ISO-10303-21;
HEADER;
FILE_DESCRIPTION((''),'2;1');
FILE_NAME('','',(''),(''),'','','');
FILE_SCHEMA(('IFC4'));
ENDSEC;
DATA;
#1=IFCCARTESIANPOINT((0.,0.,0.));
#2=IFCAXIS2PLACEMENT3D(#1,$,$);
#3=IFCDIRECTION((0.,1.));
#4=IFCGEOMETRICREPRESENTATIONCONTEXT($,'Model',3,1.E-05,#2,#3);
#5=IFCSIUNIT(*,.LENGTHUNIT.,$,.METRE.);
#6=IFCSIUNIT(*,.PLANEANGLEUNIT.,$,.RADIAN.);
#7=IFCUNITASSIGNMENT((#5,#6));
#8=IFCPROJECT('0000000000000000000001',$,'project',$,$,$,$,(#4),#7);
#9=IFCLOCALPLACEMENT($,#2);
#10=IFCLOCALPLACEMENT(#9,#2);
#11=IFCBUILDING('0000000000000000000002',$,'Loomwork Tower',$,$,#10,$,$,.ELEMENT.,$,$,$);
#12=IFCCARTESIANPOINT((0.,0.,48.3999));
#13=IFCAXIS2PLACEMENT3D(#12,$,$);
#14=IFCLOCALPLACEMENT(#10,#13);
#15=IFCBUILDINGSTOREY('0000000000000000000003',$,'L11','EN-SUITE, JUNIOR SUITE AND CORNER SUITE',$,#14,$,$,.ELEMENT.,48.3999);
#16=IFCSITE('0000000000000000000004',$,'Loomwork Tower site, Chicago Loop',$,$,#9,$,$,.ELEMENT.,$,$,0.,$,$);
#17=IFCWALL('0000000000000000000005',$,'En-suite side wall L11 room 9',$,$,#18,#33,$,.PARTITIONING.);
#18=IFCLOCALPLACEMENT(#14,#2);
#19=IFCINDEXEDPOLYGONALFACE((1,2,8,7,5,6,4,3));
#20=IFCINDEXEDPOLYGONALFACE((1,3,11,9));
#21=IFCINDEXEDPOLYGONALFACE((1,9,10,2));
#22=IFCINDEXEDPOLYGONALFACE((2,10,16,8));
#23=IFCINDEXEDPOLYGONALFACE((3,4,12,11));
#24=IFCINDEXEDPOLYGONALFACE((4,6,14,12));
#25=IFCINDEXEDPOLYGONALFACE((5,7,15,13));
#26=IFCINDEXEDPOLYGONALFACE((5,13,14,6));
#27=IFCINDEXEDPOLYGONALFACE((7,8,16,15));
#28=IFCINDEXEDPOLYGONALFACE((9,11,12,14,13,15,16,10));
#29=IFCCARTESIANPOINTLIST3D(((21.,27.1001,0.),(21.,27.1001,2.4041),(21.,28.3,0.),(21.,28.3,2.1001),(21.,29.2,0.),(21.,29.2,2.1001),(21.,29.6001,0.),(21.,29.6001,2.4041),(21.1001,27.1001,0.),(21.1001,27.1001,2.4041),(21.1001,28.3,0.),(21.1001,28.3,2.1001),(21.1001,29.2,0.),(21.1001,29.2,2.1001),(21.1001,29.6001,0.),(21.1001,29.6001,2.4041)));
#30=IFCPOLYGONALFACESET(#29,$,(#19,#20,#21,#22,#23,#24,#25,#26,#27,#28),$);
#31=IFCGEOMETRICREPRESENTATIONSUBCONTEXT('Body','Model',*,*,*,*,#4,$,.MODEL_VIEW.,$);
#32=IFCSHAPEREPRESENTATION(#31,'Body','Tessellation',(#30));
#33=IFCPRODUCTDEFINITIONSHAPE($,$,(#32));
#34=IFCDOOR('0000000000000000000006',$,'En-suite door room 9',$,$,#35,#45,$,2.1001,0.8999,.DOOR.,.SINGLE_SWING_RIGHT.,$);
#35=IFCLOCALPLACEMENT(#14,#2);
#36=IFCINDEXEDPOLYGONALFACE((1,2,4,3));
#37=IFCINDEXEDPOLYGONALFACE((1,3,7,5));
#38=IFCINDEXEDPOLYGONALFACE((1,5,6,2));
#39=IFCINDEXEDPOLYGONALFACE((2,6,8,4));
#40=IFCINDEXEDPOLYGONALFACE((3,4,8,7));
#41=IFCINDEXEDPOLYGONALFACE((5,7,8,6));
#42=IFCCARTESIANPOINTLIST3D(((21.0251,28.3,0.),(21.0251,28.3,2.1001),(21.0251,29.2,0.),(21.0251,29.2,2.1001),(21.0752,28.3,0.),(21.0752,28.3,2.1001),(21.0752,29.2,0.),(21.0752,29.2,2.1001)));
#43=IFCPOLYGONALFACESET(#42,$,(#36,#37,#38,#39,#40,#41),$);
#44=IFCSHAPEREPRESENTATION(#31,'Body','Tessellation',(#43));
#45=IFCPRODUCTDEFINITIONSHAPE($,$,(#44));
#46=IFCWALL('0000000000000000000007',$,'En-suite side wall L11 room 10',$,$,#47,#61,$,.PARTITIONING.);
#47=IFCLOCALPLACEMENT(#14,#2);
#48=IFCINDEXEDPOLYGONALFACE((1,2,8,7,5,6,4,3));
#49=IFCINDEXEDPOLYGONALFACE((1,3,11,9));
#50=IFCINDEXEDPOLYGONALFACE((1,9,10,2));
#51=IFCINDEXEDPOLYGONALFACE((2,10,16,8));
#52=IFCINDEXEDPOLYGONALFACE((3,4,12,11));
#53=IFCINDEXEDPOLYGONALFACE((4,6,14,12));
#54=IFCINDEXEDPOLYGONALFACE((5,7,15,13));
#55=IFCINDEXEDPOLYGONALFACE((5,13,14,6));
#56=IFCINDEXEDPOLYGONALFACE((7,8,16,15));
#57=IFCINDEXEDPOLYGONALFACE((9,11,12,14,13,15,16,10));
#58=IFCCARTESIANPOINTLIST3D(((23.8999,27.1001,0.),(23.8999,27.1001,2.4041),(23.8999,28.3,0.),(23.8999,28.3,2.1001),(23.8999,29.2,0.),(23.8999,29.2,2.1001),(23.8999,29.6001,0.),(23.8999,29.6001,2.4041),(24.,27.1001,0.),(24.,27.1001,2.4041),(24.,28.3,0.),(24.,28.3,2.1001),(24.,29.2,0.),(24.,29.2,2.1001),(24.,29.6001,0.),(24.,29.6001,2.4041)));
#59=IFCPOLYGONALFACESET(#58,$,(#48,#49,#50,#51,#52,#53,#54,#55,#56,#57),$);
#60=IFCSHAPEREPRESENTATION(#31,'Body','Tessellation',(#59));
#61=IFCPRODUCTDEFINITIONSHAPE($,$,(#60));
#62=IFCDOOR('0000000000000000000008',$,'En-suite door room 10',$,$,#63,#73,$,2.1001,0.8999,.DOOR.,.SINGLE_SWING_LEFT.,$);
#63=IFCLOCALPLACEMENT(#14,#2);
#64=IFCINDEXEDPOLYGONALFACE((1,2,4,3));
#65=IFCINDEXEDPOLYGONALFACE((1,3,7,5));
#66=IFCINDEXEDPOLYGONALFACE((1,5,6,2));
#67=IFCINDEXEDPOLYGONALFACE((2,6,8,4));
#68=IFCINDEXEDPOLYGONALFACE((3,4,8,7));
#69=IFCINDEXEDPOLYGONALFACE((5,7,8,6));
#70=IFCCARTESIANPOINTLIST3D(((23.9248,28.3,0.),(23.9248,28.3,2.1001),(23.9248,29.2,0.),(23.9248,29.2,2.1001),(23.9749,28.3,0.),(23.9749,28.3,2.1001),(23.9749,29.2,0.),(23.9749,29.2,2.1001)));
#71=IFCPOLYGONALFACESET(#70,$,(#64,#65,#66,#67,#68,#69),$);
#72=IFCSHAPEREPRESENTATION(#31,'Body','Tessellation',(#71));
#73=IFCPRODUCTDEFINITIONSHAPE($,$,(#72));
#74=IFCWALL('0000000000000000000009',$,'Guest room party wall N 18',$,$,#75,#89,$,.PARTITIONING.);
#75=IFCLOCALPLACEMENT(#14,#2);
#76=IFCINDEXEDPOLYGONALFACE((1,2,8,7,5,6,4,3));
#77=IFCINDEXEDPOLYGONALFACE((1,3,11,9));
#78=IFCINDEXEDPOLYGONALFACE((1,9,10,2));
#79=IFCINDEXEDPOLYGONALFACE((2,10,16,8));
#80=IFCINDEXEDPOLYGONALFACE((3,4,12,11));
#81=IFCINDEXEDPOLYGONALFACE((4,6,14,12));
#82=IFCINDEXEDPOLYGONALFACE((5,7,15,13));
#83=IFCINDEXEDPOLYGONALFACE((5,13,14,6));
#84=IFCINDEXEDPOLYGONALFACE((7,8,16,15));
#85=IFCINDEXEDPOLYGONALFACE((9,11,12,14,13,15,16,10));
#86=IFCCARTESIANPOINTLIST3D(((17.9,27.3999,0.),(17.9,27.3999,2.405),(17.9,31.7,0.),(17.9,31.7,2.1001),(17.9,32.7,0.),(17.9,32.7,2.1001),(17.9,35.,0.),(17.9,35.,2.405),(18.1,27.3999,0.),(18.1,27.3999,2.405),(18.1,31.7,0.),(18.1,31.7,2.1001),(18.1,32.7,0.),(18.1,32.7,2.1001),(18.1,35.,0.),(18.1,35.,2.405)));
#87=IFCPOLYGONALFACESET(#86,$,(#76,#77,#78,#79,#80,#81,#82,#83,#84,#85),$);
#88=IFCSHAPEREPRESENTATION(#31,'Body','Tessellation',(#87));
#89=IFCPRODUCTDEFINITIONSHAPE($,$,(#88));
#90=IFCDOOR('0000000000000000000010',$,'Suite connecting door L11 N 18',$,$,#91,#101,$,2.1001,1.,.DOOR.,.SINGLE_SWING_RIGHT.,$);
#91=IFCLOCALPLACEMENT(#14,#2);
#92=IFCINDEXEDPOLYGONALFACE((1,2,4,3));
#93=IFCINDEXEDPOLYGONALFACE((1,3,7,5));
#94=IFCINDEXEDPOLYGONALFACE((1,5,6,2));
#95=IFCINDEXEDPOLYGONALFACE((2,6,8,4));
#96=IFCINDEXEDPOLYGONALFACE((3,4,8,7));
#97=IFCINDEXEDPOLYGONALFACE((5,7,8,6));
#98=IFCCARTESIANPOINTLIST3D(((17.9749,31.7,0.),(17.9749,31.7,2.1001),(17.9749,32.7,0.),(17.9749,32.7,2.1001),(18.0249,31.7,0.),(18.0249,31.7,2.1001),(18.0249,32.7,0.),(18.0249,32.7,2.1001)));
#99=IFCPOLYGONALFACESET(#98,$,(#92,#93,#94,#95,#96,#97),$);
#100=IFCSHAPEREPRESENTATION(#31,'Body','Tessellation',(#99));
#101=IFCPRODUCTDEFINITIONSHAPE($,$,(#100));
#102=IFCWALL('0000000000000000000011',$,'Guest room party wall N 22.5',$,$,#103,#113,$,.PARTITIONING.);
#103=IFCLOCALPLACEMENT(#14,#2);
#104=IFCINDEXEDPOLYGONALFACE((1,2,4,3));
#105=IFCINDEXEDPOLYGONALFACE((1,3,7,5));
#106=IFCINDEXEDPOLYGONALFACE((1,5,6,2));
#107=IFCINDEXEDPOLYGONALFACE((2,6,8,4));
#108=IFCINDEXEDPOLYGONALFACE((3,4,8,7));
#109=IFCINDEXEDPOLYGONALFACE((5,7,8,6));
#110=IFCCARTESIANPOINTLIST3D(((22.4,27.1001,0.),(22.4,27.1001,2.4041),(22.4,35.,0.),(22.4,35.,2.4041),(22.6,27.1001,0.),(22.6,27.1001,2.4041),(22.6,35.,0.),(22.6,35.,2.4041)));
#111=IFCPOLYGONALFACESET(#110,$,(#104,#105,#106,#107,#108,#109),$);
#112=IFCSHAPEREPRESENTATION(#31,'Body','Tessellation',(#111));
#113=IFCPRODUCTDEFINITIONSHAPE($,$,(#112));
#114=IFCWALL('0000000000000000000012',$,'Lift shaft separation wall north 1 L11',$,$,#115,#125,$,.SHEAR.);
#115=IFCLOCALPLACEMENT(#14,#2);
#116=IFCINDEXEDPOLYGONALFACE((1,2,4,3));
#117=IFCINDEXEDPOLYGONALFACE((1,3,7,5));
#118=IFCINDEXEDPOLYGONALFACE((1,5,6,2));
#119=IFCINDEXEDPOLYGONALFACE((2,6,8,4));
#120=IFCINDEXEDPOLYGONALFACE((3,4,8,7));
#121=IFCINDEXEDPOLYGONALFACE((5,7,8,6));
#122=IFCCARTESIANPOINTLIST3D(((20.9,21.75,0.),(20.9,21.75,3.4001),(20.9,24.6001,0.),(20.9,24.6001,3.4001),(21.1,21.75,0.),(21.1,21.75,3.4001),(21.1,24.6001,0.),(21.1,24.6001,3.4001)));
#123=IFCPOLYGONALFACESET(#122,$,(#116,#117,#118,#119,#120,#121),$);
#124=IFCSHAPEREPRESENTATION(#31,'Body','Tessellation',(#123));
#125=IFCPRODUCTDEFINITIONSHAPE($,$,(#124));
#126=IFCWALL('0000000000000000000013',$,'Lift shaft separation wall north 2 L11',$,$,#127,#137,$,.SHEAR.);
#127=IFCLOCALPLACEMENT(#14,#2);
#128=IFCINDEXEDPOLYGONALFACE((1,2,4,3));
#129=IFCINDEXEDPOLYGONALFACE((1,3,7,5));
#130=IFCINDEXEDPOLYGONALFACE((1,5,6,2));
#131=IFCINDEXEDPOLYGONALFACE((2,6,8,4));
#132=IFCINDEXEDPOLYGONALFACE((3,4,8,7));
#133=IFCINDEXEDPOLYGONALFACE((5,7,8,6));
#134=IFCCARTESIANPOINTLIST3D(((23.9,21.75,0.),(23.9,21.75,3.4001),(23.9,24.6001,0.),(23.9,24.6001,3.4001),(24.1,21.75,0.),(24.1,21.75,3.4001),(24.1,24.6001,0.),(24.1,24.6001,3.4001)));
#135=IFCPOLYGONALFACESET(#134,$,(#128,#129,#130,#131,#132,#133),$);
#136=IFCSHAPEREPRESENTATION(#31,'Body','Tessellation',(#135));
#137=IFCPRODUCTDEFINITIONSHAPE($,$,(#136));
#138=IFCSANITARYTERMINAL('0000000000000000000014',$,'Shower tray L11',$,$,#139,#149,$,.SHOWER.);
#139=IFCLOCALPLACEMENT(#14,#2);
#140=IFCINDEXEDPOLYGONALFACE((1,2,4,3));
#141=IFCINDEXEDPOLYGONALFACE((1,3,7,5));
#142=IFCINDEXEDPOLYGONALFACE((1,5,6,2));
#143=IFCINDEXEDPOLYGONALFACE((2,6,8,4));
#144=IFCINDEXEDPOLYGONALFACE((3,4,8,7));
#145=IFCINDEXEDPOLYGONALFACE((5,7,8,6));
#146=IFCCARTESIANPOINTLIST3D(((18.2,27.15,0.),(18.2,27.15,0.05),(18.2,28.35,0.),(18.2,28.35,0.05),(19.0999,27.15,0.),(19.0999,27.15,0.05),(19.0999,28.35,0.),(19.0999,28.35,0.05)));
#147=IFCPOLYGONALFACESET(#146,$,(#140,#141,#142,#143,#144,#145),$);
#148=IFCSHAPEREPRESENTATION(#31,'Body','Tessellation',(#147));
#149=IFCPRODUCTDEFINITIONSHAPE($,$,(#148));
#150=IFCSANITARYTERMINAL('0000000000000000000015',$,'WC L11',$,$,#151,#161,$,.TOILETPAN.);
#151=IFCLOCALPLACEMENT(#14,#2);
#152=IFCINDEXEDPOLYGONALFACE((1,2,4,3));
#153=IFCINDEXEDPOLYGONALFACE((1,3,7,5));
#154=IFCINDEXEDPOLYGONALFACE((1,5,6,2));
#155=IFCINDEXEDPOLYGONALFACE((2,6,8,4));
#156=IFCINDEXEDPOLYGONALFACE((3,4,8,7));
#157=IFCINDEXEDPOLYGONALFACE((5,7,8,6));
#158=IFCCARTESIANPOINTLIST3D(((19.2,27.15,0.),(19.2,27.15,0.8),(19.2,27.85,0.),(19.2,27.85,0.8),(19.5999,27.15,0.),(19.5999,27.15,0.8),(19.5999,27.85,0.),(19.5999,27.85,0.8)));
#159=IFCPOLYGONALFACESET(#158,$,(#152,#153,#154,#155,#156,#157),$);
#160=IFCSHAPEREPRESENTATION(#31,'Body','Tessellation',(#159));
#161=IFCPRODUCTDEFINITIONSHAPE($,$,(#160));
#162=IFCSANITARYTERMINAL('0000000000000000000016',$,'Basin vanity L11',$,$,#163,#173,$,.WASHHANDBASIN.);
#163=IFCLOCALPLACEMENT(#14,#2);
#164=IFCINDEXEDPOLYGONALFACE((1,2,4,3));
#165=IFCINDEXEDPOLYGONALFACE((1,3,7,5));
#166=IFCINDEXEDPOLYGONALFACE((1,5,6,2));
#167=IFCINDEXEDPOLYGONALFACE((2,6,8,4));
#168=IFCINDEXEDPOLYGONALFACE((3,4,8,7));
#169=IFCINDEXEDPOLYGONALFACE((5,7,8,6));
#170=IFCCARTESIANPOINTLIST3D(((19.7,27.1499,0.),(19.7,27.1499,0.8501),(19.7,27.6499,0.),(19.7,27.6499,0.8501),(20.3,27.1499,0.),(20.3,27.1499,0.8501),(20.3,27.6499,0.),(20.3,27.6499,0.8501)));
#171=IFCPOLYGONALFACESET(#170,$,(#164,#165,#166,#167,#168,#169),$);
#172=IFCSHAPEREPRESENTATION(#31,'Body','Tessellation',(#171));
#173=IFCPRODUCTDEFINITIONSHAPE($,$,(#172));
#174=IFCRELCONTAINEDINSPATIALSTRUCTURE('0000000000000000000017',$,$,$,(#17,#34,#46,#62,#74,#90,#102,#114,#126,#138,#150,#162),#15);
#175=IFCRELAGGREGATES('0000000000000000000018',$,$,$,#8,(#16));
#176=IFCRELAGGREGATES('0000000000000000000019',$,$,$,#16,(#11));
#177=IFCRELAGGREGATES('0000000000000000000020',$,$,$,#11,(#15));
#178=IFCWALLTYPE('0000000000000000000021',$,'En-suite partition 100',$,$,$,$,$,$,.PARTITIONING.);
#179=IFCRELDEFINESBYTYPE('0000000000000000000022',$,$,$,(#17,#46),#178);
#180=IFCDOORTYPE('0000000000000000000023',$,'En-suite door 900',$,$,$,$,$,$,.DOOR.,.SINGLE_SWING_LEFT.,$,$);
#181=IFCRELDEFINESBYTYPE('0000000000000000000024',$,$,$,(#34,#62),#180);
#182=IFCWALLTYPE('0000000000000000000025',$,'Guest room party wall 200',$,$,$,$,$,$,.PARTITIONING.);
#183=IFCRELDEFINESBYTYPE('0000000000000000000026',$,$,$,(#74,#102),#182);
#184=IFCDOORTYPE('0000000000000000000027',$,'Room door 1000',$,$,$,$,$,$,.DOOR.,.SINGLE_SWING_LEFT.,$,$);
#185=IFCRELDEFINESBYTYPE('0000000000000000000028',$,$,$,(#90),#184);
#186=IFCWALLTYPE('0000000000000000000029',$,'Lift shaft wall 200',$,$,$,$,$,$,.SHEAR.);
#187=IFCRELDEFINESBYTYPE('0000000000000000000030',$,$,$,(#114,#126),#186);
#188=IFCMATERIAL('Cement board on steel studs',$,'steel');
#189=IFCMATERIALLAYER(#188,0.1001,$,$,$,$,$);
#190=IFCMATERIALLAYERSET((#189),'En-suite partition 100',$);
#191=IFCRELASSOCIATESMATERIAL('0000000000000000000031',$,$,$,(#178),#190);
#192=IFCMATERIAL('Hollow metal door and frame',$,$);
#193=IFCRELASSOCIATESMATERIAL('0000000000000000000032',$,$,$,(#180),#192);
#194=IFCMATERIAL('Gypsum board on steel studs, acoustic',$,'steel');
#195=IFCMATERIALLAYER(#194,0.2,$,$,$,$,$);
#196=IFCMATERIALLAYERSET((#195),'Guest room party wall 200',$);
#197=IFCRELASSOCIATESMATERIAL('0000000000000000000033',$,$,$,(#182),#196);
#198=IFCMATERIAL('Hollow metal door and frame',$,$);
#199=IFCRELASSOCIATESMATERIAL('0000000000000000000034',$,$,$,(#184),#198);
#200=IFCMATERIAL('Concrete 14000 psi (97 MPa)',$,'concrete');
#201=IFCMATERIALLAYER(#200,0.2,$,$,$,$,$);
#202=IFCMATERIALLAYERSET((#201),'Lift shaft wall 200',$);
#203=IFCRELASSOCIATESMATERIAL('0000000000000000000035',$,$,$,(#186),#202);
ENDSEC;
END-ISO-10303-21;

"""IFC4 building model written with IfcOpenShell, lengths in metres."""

from ifc_helpers import new_model, si_unit, direction, frame, frame_2d, origin, origin_2d, place, context, subcontext, project, spatial, rectangle, extrude, material, layer, layer_set, type_object, element, fill, save


model = new_model("IFC4")

# Units and contexts
model_context = context("Model", 3, precision=1e-05, world=origin(), true_north=direction((0.0, 1.0)))
body_context = subcontext(model_context, "Body", "Model", "MODEL_VIEW")
ifc_project = project(units=[si_unit("LENGTHUNIT", "METRE"), si_unit("PLANEANGLEUNIT", "RADIAN")], contexts=[model_context])

# Site, building, storey
site_placement = place(None, origin())
site = spatial("IfcSite", under=ifc_project, at=site_placement, Name="Loomwork Tower site, Chicago Loop", CompositionType="ELEMENT", RefElevation=0.0)
building_placement = place(site_placement, origin())
building = spatial("IfcBuilding", under=site, at=building_placement, Name="Loomwork Tower", CompositionType="ELEMENT")
storey_placement = place(building_placement, frame((0.0, 0.0, 48.3999)))
storey = spatial("IfcBuildingStorey", under=building, at=storey_placement, Name="L11", Description="EN-SUITE, JUNIOR SUITE AND CORNER SUITE", CompositionType="ELEMENT", Elevation=48.3999)

# Shared definitions
ifc_material_1 = material(Name="Cement board on steel studs", Category="steel")
ifc_layer_1 = layer(ifc_material_1, 0.1001)
ifc_layer_set_1 = layer_set([ifc_layer_1], Name="En-suite partition 100")
wall_type_1 = type_object("IfcWallType", Name="En-suite partition 100", PredefinedType="PARTITIONING", material=ifc_layer_set_1)

# Walls, openings, doors
wall_1_placement = place(storey_placement, frame((21.05, 27.1001, 0.0), z_axis=(0.0, 0.0, 1.0), x_axis=(0.0, 1.0, 0.0)))
wall_1 = element("IfcWall", 1, at=wall_1_placement, inside=storey, type_object=wall_type_1, Name="En-suite side wall L11 room 9", PredefinedType="PARTITIONING", context=body_context, shape_type="SweptSolid", body=[
    extrude(rectangle(XDim=2.5, YDim=0.1001, at=frame_2d((1.25, 0.0))), origin(), (0.0, 0.0, 1.0), 2.4041),
])
opening_1_placement = place(wall_1_placement, frame((1.2, 0.0, 0.0)))
opening_1 = element("IfcOpeningElement", 2, at=opening_1_placement, cuts=wall_1, PredefinedType="OPENING", context=body_context, shape_type="SweptSolid", body=[
    extrude(rectangle(XDim=0.8999, YDim=2.1001, at=frame_2d((0.45, 1.05))), frame((0.0, 0.0601, 0.0), z_axis=(0.0, -1.0, 0.0), x_axis=(1.0, 0.0, 0.0)), (0.0, 0.0, 1.0), 0.1201),
])
ifc_material_2 = material(Name="Hollow metal door and frame")
door_type_1 = type_object("IfcDoorType", Name="En-suite door 900", OperationType="SINGLE_SWING_LEFT", PredefinedType="DOOR", material=ifc_material_2)
door_1_placement = place(opening_1_placement, origin())
door_1 = element("IfcDoor", 3, at=door_1_placement, inside=storey, type_object=door_type_1, Name="En-suite door room 9", OperationType="SINGLE_SWING_RIGHT", OverallHeight=2.1001, OverallWidth=0.8999, PredefinedType="DOOR", context=body_context, shape_type="SweptSolid", body=[
    extrude(rectangle(XDim=0.8999, YDim=2.1001, at=frame_2d((0.45, 1.05))), frame((0.0, 0.0249, 0.0), z_axis=(0.0, -1.0, 0.0), x_axis=(1.0, 0.0, 0.0)), (0.0, 0.0, 1.0), 0.05),
])
fill(opening_1, door_1)
wall_2_placement = place(storey_placement, frame((23.95, 27.1001, 0.0), z_axis=(0.0, 0.0, 1.0), x_axis=(0.0, 1.0, 0.0)))
wall_2 = element("IfcWall", 4, at=wall_2_placement, inside=storey, type_object=wall_type_1, Name="En-suite side wall L11 room 10", PredefinedType="PARTITIONING", context=body_context, shape_type="SweptSolid", body=[
    extrude(rectangle(XDim=2.5, YDim=0.1001, at=frame_2d((1.25, 0.0))), origin(), (0.0, 0.0, 1.0), 2.4041),
])
opening_2_placement = place(wall_2_placement, frame((1.2, 0.0, 0.0)))
opening_2 = element("IfcOpeningElement", 5, at=opening_2_placement, cuts=wall_2, PredefinedType="OPENING", context=body_context, shape_type="SweptSolid", body=[
    extrude(rectangle(XDim=0.8999, YDim=2.1001, at=frame_2d((0.45, 1.05))), frame((0.0, 0.0601, 0.0), z_axis=(0.0, -1.0, 0.0), x_axis=(1.0, 0.0, 0.0)), (0.0, 0.0, 1.0), 0.1201),
])
door_2_placement = place(opening_2_placement, frame((0.8999, 0.0, 0.0), z_axis=(0.0, 0.0, 1.0), x_axis=(-1.0, 0.0, 0.0)))
door_2 = element("IfcDoor", 6, at=door_2_placement, inside=storey, type_object=door_type_1, Name="En-suite door room 10", OperationType="SINGLE_SWING_LEFT", OverallHeight=2.1001, OverallWidth=0.8999, PredefinedType="DOOR", context=body_context, shape_type="SweptSolid", body=[
    extrude(rectangle(XDim=0.8999, YDim=2.1001, at=frame_2d((0.45, 1.05))), frame((0.0, 0.0249, 0.0), z_axis=(0.0, -1.0, 0.0), x_axis=(1.0, 0.0, 0.0)), (0.0, 0.0, 1.0), 0.05),
])
fill(opening_2, door_2)
ifc_material_3 = material(Name="Gypsum board on steel studs, acoustic", Category="steel")
ifc_layer_2 = layer(ifc_material_3, 0.2)
ifc_layer_set_2 = layer_set([ifc_layer_2], Name="Guest room party wall 200")
wall_type_2 = type_object("IfcWallType", Name="Guest room party wall 200", PredefinedType="PARTITIONING", material=ifc_layer_set_2)
wall_3_placement = place(storey_placement, frame((18.0, 27.3999, 0.0), z_axis=(0.0, 0.0, 1.0), x_axis=(0.0, 1.0, 0.0)))
wall_3 = element("IfcWall", 7, at=wall_3_placement, inside=storey, type_object=wall_type_2, Name="Guest room party wall N 18", PredefinedType="PARTITIONING", context=body_context, shape_type="SweptSolid", body=[
    extrude(rectangle(XDim=7.6001, YDim=0.2, at=frame_2d((3.8, 0.0))), origin(), (0.0, 0.0, 1.0), 2.405),
])
opening_3_placement = place(wall_3_placement, frame((4.3, 0.0, 0.0)))
opening_3 = element("IfcOpeningElement", 8, at=opening_3_placement, cuts=wall_3, PredefinedType="OPENING", context=body_context, shape_type="SweptSolid", body=[
    extrude(rectangle(XDim=1.0, YDim=2.1001, at=frame_2d((0.5, 1.05))), frame((0.0, 0.1099, 0.0), z_axis=(0.0, -1.0, 0.0), x_axis=(1.0, 0.0, 0.0)), (0.0, 0.0, 1.0), 0.22),
])
ifc_material_4 = material(Name="Hollow metal door and frame")
door_type_2 = type_object("IfcDoorType", Name="Room door 1000", OperationType="SINGLE_SWING_LEFT", PredefinedType="DOOR", material=ifc_material_4)
door_3_placement = place(opening_3_placement, frame((1.0, 0.0, 0.0), z_axis=(0.0, 0.0, 1.0), x_axis=(-1.0, 0.0, 0.0)))
door_3 = element("IfcDoor", 9, at=door_3_placement, inside=storey, type_object=door_type_2, Name="Suite connecting door L11 N 18", OperationType="SINGLE_SWING_RIGHT", OverallHeight=2.1001, OverallWidth=1.0, PredefinedType="DOOR", context=body_context, shape_type="SweptSolid", body=[
    extrude(rectangle(XDim=1.0, YDim=2.1001, at=frame_2d((0.5, 1.05))), frame((0.0, 0.0249, 0.0), z_axis=(0.0, -1.0, 0.0), x_axis=(1.0, 0.0, 0.0)), (0.0, 0.0, 1.0), 0.05),
])
fill(opening_3, door_3)

# Walls
wall_4_placement = place(storey_placement, frame((22.5, 27.1001, 0.0), z_axis=(0.0, 0.0, 1.0), x_axis=(0.0, 1.0, 0.0)))
element("IfcWall", 10, at=wall_4_placement, inside=storey, type_object=wall_type_2, Name="Guest room party wall N 22.5", PredefinedType="PARTITIONING", context=body_context, shape_type="SweptSolid", body=[
    extrude(rectangle(XDim=7.8999, YDim=0.2, at=frame_2d((3.95, 0.0))), origin(), (0.0, 0.0, 1.0), 2.4041),
])
ifc_material_5 = material(Name="Concrete 14000 psi (97 MPa)", Category="concrete")
ifc_layer_3 = layer(ifc_material_5, 0.2)
ifc_layer_set_3 = layer_set([ifc_layer_3], Name="Lift shaft wall 200")
wall_type_3 = type_object("IfcWallType", Name="Lift shaft wall 200", PredefinedType="SHEAR", material=ifc_layer_set_3)
for number, where, z_axis, x_axis, name in (
    (11, (21.0, 21.75, 0.0), (0.0, 0.0, 1.0), (0.0, 1.0, 0.0), "Lift shaft separation wall north 1 L11"),
    (12, (24.0, 21.75, 0.0), (0.0, 0.0, 1.0), (0.0, 1.0, 0.0), "Lift shaft separation wall north 2 L11"),
):
    element("IfcWall", number, at=place(storey_placement, frame(where, z_axis=z_axis, x_axis=x_axis)), inside=storey, type_object=wall_type_3, Name=name, PredefinedType="SHEAR", context=body_context, shape_type="SweptSolid", body=[
        extrude(rectangle(XDim=2.8501, YDim=0.2, at=frame_2d((1.425, 0.0))), origin(), (0.0, 0.0, 1.0), 3.4001),
    ])

# Sanitary terminals
sanitary_terminal_1_placement = place(storey_placement, frame((18.6499, 27.75, 0.0), z_axis=(0.0, 0.0, 1.0), x_axis=(1.0, 0.0, 0.0)))
element("IfcSanitaryTerminal", 13, at=sanitary_terminal_1_placement, inside=storey, Name="Shower tray L11", PredefinedType="SHOWER", context=body_context, shape_type="SweptSolid", body=[
    extrude(rectangle(XDim=0.8999, YDim=1.2, at=origin_2d()), origin(), (0.0, 0.0, 1.0), 0.05),
])
sanitary_terminal_2_placement = place(storey_placement, frame((19.3999, 27.5, 0.0), z_axis=(0.0, 0.0, 1.0), x_axis=(1.0, 0.0, 0.0)))
element("IfcSanitaryTerminal", 14, at=sanitary_terminal_2_placement, inside=storey, Name="WC L11", PredefinedType="TOILETPAN", context=body_context, shape_type="SweptSolid", body=[
    extrude(rectangle(XDim=0.3999, YDim=0.7, at=origin_2d()), origin(), (0.0, 0.0, 1.0), 0.8),
])
sanitary_terminal_3_placement = place(storey_placement, frame((20.0, 27.3999, 0.0), z_axis=(0.0, 0.0, 1.0), x_axis=(1.0, 0.0, 0.0)))
element("IfcSanitaryTerminal", 15, at=sanitary_terminal_3_placement, inside=storey, Name="Basin vanity L11", PredefinedType="WASHHANDBASIN", context=body_context, shape_type="SweptSolid", body=[
    extrude(rectangle(XDim=0.6001, YDim=0.5, at=origin_2d()), origin(), (0.0, 0.0, 1.0), 0.8501),
])

save(model, "model.ifc")
